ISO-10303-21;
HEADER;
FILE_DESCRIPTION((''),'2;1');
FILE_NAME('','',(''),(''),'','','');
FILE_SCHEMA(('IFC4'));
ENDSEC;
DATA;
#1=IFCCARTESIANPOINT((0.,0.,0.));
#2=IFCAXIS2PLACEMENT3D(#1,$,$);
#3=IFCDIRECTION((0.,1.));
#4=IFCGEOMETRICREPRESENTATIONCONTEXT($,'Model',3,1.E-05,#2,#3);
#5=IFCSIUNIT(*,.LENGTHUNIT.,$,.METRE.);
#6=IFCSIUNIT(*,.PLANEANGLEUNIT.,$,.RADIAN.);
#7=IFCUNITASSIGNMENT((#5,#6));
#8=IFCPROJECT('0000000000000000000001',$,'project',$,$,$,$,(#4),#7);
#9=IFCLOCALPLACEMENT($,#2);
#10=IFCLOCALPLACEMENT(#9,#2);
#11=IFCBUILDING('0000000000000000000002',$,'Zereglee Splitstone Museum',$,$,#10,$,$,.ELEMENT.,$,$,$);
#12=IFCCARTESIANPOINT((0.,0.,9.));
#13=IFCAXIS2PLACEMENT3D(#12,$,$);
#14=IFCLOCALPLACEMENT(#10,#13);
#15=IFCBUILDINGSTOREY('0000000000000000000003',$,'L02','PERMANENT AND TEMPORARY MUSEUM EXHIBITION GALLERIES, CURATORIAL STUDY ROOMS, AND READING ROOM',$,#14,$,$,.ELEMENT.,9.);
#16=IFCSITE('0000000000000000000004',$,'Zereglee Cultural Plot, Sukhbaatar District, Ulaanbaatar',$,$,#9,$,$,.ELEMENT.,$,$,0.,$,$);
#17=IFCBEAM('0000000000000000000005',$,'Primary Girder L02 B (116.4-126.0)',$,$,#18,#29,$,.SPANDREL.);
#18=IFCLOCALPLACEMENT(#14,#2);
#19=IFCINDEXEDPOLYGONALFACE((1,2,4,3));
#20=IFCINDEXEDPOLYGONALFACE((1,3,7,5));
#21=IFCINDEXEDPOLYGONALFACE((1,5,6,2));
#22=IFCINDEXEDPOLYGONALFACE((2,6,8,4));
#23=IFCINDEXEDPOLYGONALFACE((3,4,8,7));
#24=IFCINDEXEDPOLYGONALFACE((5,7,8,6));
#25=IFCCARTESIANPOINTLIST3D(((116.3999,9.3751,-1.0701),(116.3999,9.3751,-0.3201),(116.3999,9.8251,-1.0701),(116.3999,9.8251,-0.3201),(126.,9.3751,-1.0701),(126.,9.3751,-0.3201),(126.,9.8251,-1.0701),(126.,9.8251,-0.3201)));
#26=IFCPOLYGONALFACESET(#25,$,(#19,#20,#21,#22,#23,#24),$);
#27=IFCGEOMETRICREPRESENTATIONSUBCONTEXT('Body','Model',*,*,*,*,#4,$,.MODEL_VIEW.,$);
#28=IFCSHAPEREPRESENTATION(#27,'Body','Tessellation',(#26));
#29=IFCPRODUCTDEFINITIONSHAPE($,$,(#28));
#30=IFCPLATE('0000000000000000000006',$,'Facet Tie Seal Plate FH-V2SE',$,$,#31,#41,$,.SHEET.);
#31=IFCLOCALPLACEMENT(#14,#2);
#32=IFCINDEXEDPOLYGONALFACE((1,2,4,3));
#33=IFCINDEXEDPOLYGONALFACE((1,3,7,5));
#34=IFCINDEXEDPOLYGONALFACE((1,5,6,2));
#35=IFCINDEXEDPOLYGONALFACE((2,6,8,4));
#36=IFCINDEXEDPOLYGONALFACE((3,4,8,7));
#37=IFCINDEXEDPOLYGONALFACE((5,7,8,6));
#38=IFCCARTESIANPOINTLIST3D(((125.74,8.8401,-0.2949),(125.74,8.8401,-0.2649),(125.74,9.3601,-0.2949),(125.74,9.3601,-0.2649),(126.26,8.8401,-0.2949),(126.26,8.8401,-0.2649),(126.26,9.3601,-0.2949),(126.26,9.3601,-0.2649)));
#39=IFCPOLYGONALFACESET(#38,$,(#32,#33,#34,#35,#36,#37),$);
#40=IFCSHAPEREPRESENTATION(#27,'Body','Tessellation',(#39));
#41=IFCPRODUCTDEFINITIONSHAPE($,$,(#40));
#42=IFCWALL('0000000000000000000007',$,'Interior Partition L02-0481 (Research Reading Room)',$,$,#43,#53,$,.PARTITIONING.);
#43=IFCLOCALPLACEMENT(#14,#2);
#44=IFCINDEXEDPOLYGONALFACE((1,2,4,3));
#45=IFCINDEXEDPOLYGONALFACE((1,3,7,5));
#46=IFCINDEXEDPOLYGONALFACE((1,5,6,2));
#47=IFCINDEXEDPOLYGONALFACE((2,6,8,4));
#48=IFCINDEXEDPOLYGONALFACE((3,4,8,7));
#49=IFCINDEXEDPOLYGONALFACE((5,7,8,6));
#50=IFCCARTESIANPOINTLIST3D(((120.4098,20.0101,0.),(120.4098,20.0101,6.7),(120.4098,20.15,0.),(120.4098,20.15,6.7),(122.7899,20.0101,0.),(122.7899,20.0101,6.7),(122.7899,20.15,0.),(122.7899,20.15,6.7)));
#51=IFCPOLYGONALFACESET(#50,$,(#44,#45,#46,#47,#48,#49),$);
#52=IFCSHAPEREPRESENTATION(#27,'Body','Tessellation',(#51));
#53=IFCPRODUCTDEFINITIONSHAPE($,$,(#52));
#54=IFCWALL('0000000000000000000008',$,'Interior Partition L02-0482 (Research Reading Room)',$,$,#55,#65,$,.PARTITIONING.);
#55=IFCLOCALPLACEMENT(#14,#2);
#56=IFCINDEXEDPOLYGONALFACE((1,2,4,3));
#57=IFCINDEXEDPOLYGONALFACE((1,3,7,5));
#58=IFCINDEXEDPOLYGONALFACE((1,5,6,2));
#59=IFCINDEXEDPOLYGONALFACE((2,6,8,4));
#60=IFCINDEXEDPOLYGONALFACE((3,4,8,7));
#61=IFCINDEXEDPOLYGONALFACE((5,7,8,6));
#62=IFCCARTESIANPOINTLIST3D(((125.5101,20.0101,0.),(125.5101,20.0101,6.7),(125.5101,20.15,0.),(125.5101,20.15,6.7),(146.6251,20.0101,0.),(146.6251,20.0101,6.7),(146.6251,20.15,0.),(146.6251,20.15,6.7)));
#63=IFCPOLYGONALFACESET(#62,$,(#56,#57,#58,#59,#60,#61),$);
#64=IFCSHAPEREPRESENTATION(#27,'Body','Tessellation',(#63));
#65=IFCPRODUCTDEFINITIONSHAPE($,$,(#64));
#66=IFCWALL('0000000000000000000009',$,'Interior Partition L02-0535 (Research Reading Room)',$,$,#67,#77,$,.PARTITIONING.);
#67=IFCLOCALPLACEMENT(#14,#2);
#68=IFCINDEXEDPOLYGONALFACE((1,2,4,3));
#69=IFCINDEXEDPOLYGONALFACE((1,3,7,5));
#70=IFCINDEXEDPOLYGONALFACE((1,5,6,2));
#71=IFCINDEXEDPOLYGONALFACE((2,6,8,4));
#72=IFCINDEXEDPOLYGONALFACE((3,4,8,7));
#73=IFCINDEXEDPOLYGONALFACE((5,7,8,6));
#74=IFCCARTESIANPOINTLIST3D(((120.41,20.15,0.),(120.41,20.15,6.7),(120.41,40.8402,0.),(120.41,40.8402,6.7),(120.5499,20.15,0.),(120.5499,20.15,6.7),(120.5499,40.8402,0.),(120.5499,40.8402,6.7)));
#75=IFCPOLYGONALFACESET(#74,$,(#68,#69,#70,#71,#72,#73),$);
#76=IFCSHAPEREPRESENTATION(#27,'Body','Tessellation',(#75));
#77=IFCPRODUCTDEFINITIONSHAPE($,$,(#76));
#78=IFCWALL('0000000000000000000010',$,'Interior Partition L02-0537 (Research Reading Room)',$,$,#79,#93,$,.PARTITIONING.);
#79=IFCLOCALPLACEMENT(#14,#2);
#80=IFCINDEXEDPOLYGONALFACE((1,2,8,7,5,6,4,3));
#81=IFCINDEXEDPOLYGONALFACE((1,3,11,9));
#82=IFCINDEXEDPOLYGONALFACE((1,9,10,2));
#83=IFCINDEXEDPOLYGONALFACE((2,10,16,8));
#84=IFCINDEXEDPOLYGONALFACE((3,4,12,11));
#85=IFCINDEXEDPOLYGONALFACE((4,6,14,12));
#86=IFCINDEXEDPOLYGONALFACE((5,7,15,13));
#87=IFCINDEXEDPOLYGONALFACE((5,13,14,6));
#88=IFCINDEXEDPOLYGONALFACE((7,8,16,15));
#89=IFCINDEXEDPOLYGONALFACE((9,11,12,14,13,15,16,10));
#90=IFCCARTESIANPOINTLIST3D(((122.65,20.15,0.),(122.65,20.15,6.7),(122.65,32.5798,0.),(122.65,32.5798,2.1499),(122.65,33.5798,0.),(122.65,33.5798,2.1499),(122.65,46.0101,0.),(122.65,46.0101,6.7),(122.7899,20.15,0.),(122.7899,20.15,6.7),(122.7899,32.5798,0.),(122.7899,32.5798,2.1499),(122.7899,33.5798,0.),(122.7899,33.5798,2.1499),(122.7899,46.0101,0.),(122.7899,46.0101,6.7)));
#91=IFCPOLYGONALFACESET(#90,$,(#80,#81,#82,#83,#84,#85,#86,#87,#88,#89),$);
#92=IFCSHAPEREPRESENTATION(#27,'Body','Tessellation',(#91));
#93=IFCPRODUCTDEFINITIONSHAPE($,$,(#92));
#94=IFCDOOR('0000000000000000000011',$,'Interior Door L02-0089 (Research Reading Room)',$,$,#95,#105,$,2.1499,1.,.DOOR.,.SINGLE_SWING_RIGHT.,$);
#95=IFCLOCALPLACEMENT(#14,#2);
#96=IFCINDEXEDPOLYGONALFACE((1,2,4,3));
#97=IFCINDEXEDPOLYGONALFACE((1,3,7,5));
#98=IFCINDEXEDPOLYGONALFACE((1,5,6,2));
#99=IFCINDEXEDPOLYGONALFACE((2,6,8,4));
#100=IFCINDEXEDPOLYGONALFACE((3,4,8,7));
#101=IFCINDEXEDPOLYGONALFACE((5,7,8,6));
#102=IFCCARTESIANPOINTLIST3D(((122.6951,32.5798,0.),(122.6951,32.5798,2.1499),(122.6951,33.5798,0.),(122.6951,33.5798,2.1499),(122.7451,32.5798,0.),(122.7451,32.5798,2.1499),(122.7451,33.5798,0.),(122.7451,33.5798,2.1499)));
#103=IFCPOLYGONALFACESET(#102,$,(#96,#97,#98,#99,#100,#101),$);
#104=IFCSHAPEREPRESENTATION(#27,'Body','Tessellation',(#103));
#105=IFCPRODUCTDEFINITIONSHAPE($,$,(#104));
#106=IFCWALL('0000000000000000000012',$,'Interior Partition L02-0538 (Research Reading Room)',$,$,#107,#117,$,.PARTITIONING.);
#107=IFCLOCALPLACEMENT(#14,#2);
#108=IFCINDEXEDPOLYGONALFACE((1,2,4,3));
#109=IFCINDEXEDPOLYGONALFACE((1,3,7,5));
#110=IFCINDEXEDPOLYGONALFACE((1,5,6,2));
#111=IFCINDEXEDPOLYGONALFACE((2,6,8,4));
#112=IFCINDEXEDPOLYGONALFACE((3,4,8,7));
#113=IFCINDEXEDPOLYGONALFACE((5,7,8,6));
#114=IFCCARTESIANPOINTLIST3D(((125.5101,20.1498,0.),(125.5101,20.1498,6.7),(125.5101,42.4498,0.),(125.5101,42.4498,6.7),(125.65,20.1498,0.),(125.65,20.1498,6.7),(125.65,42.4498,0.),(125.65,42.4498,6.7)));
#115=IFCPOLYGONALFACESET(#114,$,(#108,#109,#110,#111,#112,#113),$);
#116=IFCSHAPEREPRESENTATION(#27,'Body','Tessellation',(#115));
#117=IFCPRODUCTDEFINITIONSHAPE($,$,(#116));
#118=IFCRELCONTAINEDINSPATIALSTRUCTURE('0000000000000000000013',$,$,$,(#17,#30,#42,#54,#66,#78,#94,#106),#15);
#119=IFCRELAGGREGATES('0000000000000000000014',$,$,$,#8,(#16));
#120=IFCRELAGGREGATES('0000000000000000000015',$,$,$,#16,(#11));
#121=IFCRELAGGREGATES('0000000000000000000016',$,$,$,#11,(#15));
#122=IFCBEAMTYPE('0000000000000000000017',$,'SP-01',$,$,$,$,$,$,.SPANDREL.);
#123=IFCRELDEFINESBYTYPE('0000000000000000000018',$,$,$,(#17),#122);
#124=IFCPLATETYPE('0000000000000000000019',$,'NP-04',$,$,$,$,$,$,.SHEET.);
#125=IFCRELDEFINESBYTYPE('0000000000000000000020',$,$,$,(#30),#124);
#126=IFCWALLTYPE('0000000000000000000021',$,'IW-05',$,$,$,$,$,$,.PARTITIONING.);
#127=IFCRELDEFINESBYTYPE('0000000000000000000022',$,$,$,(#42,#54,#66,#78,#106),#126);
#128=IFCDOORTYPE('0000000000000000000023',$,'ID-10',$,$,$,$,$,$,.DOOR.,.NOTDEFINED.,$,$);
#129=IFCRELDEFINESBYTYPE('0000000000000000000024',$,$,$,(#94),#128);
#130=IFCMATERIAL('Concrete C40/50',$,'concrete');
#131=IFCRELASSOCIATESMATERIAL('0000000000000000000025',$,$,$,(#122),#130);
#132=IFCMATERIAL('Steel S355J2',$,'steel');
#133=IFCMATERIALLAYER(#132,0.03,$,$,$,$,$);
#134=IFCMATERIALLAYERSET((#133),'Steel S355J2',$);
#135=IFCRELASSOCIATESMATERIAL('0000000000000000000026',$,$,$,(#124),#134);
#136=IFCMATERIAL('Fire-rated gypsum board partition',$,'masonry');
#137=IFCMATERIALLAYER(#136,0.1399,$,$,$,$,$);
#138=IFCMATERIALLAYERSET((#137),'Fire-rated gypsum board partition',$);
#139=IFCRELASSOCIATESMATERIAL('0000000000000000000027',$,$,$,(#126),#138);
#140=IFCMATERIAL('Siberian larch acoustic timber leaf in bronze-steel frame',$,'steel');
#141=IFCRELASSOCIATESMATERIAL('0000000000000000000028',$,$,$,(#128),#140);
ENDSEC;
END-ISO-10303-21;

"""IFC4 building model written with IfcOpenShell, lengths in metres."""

from ifc_helpers import new_model, si_unit, direction, frame, frame_2d, origin, origin_2d, place, context, subcontext, project, spatial, rectangle, extrude, material, layer, layer_set, material_profile, profile_set, type_object, element, fill, save


model = new_model("IFC4")

# Units and contexts
model_context = context("Model", 3, precision=1e-05, world=origin(), true_north=direction((0.0, 1.0)))
body_context = subcontext(model_context, "Body", "Model", "MODEL_VIEW")
ifc_project = project(units=[si_unit("LENGTHUNIT", "METRE"), si_unit("PLANEANGLEUNIT", "RADIAN")], contexts=[model_context])

# Site, building, storey
site_placement = place(None, origin())
site = spatial("IfcSite", under=ifc_project, at=site_placement, Name="Zereglee Cultural Plot, Sukhbaatar District, Ulaanbaatar", CompositionType="ELEMENT", RefElevation=0.0)
building_placement = place(site_placement, origin())
building = spatial("IfcBuilding", under=site, at=building_placement, Name="Zereglee Splitstone Museum", CompositionType="ELEMENT")
storey_placement = place(building_placement, frame((0.0, 0.0, 9.0)))
storey = spatial("IfcBuildingStorey", under=building, at=storey_placement, Name="L02", Description="PERMANENT AND TEMPORARY MUSEUM EXHIBITION GALLERIES, CURATORIAL STUDY ROOMS, AND READING ROOM", CompositionType="ELEMENT", Elevation=9.0)

# Shared definitions
ifc_material_1 = material(Name="Steel S355J2", Category="steel")

# Beam
ifc_material_2 = material(Name="Concrete C40/50", Category="concrete")
ifc_material_profile_1 = material_profile(ifc_material_2, rectangle(XDim=0.45, YDim=0.75, at=origin_2d()), Name="RC 450x750")
ifc_profile_set_1 = profile_set([ifc_material_profile_1], Name="Concrete C40/50")
beam_type_1 = type_object("IfcBeamType", Name="SP-01", PredefinedType="SPANDREL", material=ifc_profile_set_1)
beam_1_placement = place(storey_placement, frame((116.3999, 9.6001, -0.6951), z_axis=(1.0, 0.0, 0.0), x_axis=(0.0, 1.0, 0.0)))
element("IfcBeam", 1, at=beam_1_placement, inside=storey, type_object=beam_type_1, Name="Primary Girder L02 B (116.4-126.0)", PredefinedType="SPANDREL", context=body_context, shape_type="SweptSolid", body=[
    extrude(rectangle(XDim=0.45, YDim=0.75, at=origin_2d()), origin(), (0.0, 0.0, 1.0), 9.6001),
])

# Plate
ifc_layer_1 = layer(ifc_material_1, 0.03)
ifc_layer_set_1 = layer_set([ifc_layer_1], Name="Steel S355J2")
plate_type = type_object("IfcPlateType", Name="NP-04", PredefinedType="SHEET", material=ifc_layer_set_1)
plate_placement = place(storey_placement, frame((126.0, 9.1001, -0.2949), z_axis=(0.0, 0.0, 1.0), x_axis=(1.0, 0.0, 0.0)))
element("IfcPlate", 2, at=plate_placement, inside=storey, type_object=plate_type, Name="Facet Tie Seal Plate FH-V2SE", PredefinedType="SHEET", context=body_context, shape_type="SweptSolid", body=[
    extrude(rectangle(XDim=0.52, YDim=0.52, at=origin_2d()), origin(), (0.0, 0.0, 1.0), 0.03),
])

# Walls
ifc_material_3 = material(Name="Fire-rated gypsum board partition", Category="masonry")
ifc_layer_2 = layer(ifc_material_3, 0.1399)
ifc_layer_set_2 = layer_set([ifc_layer_2], Name="Fire-rated gypsum board partition")
wall_type = type_object("IfcWallType", Name="IW-05", PredefinedType="PARTITIONING", material=ifc_layer_set_2)
wall_1_placement = place(storey_placement, frame((120.4099, 20.0801, 0.0), z_axis=(0.0, 0.0, 1.0), x_axis=(1.0, 0.0, 0.0)))
element("IfcWall", 3, at=wall_1_placement, inside=storey, type_object=wall_type, Name="Interior Partition L02-0481 (Research Reading Room)", PredefinedType="PARTITIONING", context=body_context, shape_type="SweptSolid", body=[
    extrude(rectangle(XDim=2.3801, YDim=0.1399, at=frame_2d((1.1899, 0.0))), origin(), (0.0, 0.0, 1.0), 6.7),
])
wall_2_placement = place(storey_placement, frame((125.51, 20.0801, 0.0), z_axis=(0.0, 0.0, 1.0), x_axis=(1.0, 0.0, 0.0)))
element("IfcWall", 4, at=wall_2_placement, inside=storey, type_object=wall_type, Name="Interior Partition L02-0482 (Research Reading Room)", PredefinedType="PARTITIONING", context=body_context, shape_type="SweptSolid", body=[
    extrude(rectangle(XDim=21.115, YDim=0.1399, at=frame_2d((10.5576, 0.0))), origin(), (0.0, 0.0, 1.0), 6.7),
])
wall_3_placement = place(storey_placement, frame((120.48, 20.1499, 0.0), z_axis=(0.0, 0.0, 1.0), x_axis=(0.0, 1.0, 0.0)))
element("IfcWall", 5, at=wall_3_placement, inside=storey, type_object=wall_type, Name="Interior Partition L02-0535 (Research Reading Room)", PredefinedType="PARTITIONING", context=body_context, shape_type="SweptSolid", body=[
    extrude(rectangle(XDim=20.6902, YDim=0.1399, at=frame_2d((10.3452, 0.0))), origin(), (0.0, 0.0, 1.0), 6.7),
])

# Wall, opening, door
wall_4_placement = place(storey_placement, frame((122.72, 20.1499, 0.0), z_axis=(0.0, 0.0, 1.0), x_axis=(0.0, 1.0, 0.0)))
wall_4 = element("IfcWall", 6, at=wall_4_placement, inside=storey, type_object=wall_type, Name="Interior Partition L02-0537 (Research Reading Room)", PredefinedType="PARTITIONING", context=body_context, shape_type="SweptSolid", body=[
    extrude(rectangle(XDim=25.8601, YDim=0.1399, at=frame_2d((12.9302, 0.0))), origin(), (0.0, 0.0, 1.0), 6.7),
])
opening_placement = place(wall_4_placement, frame((12.4299, 0.0, 0.0)))
opening = element("IfcOpeningElement", 7, at=opening_placement, cuts=wall_4, PredefinedType="OPENING", context=body_context, shape_type="SweptSolid", body=[
    extrude(rectangle(XDim=1.0, YDim=2.1499, at=frame_2d((0.5, 1.075))), frame((0.0, 0.085, 0.0), z_axis=(0.0, -1.0, 0.0), x_axis=(1.0, 0.0, 0.0)), (0.0, 0.0, 1.0), 0.1697),
])
ifc_material_4 = material(Name="Siberian larch acoustic timber leaf in bronze-steel frame", Category="steel")
door_type = type_object("IfcDoorType", Name="ID-10", OperationType="NOTDEFINED", PredefinedType="DOOR", material=ifc_material_4)
door_placement = place(opening_placement, origin())
door = element("IfcDoor", 8, at=door_placement, inside=storey, type_object=door_type, Name="Interior Door L02-0089 (Research Reading Room)", OperationType="SINGLE_SWING_RIGHT", OverallHeight=2.1499, OverallWidth=1.0, PredefinedType="DOOR", context=body_context, shape_type="SweptSolid", body=[
    extrude(rectangle(XDim=1.0, YDim=2.1499, at=frame_2d((0.5, 1.075))), frame((0.0, 0.0249, 0.0), z_axis=(0.0, -1.0, 0.0), x_axis=(1.0, 0.0, 0.0)), (0.0, 0.0, 1.0), 0.05),
])
fill(opening, door)

# Wall
wall_5_placement = place(storey_placement, frame((125.5801, 20.1499, 0.0), z_axis=(0.0, 0.0, 1.0), x_axis=(0.0, 1.0, 0.0)))
element("IfcWall", 9, at=wall_5_placement, inside=storey, type_object=wall_type, Name="Interior Partition L02-0538 (Research Reading Room)", PredefinedType="PARTITIONING", context=body_context, shape_type="SweptSolid", body=[
    extrude(rectangle(XDim=22.3, YDim=0.1399, at=frame_2d((11.1499, 0.0))), origin(), (0.0, 0.0, 1.0), 6.7),
])

save(model, "model.ifc")
